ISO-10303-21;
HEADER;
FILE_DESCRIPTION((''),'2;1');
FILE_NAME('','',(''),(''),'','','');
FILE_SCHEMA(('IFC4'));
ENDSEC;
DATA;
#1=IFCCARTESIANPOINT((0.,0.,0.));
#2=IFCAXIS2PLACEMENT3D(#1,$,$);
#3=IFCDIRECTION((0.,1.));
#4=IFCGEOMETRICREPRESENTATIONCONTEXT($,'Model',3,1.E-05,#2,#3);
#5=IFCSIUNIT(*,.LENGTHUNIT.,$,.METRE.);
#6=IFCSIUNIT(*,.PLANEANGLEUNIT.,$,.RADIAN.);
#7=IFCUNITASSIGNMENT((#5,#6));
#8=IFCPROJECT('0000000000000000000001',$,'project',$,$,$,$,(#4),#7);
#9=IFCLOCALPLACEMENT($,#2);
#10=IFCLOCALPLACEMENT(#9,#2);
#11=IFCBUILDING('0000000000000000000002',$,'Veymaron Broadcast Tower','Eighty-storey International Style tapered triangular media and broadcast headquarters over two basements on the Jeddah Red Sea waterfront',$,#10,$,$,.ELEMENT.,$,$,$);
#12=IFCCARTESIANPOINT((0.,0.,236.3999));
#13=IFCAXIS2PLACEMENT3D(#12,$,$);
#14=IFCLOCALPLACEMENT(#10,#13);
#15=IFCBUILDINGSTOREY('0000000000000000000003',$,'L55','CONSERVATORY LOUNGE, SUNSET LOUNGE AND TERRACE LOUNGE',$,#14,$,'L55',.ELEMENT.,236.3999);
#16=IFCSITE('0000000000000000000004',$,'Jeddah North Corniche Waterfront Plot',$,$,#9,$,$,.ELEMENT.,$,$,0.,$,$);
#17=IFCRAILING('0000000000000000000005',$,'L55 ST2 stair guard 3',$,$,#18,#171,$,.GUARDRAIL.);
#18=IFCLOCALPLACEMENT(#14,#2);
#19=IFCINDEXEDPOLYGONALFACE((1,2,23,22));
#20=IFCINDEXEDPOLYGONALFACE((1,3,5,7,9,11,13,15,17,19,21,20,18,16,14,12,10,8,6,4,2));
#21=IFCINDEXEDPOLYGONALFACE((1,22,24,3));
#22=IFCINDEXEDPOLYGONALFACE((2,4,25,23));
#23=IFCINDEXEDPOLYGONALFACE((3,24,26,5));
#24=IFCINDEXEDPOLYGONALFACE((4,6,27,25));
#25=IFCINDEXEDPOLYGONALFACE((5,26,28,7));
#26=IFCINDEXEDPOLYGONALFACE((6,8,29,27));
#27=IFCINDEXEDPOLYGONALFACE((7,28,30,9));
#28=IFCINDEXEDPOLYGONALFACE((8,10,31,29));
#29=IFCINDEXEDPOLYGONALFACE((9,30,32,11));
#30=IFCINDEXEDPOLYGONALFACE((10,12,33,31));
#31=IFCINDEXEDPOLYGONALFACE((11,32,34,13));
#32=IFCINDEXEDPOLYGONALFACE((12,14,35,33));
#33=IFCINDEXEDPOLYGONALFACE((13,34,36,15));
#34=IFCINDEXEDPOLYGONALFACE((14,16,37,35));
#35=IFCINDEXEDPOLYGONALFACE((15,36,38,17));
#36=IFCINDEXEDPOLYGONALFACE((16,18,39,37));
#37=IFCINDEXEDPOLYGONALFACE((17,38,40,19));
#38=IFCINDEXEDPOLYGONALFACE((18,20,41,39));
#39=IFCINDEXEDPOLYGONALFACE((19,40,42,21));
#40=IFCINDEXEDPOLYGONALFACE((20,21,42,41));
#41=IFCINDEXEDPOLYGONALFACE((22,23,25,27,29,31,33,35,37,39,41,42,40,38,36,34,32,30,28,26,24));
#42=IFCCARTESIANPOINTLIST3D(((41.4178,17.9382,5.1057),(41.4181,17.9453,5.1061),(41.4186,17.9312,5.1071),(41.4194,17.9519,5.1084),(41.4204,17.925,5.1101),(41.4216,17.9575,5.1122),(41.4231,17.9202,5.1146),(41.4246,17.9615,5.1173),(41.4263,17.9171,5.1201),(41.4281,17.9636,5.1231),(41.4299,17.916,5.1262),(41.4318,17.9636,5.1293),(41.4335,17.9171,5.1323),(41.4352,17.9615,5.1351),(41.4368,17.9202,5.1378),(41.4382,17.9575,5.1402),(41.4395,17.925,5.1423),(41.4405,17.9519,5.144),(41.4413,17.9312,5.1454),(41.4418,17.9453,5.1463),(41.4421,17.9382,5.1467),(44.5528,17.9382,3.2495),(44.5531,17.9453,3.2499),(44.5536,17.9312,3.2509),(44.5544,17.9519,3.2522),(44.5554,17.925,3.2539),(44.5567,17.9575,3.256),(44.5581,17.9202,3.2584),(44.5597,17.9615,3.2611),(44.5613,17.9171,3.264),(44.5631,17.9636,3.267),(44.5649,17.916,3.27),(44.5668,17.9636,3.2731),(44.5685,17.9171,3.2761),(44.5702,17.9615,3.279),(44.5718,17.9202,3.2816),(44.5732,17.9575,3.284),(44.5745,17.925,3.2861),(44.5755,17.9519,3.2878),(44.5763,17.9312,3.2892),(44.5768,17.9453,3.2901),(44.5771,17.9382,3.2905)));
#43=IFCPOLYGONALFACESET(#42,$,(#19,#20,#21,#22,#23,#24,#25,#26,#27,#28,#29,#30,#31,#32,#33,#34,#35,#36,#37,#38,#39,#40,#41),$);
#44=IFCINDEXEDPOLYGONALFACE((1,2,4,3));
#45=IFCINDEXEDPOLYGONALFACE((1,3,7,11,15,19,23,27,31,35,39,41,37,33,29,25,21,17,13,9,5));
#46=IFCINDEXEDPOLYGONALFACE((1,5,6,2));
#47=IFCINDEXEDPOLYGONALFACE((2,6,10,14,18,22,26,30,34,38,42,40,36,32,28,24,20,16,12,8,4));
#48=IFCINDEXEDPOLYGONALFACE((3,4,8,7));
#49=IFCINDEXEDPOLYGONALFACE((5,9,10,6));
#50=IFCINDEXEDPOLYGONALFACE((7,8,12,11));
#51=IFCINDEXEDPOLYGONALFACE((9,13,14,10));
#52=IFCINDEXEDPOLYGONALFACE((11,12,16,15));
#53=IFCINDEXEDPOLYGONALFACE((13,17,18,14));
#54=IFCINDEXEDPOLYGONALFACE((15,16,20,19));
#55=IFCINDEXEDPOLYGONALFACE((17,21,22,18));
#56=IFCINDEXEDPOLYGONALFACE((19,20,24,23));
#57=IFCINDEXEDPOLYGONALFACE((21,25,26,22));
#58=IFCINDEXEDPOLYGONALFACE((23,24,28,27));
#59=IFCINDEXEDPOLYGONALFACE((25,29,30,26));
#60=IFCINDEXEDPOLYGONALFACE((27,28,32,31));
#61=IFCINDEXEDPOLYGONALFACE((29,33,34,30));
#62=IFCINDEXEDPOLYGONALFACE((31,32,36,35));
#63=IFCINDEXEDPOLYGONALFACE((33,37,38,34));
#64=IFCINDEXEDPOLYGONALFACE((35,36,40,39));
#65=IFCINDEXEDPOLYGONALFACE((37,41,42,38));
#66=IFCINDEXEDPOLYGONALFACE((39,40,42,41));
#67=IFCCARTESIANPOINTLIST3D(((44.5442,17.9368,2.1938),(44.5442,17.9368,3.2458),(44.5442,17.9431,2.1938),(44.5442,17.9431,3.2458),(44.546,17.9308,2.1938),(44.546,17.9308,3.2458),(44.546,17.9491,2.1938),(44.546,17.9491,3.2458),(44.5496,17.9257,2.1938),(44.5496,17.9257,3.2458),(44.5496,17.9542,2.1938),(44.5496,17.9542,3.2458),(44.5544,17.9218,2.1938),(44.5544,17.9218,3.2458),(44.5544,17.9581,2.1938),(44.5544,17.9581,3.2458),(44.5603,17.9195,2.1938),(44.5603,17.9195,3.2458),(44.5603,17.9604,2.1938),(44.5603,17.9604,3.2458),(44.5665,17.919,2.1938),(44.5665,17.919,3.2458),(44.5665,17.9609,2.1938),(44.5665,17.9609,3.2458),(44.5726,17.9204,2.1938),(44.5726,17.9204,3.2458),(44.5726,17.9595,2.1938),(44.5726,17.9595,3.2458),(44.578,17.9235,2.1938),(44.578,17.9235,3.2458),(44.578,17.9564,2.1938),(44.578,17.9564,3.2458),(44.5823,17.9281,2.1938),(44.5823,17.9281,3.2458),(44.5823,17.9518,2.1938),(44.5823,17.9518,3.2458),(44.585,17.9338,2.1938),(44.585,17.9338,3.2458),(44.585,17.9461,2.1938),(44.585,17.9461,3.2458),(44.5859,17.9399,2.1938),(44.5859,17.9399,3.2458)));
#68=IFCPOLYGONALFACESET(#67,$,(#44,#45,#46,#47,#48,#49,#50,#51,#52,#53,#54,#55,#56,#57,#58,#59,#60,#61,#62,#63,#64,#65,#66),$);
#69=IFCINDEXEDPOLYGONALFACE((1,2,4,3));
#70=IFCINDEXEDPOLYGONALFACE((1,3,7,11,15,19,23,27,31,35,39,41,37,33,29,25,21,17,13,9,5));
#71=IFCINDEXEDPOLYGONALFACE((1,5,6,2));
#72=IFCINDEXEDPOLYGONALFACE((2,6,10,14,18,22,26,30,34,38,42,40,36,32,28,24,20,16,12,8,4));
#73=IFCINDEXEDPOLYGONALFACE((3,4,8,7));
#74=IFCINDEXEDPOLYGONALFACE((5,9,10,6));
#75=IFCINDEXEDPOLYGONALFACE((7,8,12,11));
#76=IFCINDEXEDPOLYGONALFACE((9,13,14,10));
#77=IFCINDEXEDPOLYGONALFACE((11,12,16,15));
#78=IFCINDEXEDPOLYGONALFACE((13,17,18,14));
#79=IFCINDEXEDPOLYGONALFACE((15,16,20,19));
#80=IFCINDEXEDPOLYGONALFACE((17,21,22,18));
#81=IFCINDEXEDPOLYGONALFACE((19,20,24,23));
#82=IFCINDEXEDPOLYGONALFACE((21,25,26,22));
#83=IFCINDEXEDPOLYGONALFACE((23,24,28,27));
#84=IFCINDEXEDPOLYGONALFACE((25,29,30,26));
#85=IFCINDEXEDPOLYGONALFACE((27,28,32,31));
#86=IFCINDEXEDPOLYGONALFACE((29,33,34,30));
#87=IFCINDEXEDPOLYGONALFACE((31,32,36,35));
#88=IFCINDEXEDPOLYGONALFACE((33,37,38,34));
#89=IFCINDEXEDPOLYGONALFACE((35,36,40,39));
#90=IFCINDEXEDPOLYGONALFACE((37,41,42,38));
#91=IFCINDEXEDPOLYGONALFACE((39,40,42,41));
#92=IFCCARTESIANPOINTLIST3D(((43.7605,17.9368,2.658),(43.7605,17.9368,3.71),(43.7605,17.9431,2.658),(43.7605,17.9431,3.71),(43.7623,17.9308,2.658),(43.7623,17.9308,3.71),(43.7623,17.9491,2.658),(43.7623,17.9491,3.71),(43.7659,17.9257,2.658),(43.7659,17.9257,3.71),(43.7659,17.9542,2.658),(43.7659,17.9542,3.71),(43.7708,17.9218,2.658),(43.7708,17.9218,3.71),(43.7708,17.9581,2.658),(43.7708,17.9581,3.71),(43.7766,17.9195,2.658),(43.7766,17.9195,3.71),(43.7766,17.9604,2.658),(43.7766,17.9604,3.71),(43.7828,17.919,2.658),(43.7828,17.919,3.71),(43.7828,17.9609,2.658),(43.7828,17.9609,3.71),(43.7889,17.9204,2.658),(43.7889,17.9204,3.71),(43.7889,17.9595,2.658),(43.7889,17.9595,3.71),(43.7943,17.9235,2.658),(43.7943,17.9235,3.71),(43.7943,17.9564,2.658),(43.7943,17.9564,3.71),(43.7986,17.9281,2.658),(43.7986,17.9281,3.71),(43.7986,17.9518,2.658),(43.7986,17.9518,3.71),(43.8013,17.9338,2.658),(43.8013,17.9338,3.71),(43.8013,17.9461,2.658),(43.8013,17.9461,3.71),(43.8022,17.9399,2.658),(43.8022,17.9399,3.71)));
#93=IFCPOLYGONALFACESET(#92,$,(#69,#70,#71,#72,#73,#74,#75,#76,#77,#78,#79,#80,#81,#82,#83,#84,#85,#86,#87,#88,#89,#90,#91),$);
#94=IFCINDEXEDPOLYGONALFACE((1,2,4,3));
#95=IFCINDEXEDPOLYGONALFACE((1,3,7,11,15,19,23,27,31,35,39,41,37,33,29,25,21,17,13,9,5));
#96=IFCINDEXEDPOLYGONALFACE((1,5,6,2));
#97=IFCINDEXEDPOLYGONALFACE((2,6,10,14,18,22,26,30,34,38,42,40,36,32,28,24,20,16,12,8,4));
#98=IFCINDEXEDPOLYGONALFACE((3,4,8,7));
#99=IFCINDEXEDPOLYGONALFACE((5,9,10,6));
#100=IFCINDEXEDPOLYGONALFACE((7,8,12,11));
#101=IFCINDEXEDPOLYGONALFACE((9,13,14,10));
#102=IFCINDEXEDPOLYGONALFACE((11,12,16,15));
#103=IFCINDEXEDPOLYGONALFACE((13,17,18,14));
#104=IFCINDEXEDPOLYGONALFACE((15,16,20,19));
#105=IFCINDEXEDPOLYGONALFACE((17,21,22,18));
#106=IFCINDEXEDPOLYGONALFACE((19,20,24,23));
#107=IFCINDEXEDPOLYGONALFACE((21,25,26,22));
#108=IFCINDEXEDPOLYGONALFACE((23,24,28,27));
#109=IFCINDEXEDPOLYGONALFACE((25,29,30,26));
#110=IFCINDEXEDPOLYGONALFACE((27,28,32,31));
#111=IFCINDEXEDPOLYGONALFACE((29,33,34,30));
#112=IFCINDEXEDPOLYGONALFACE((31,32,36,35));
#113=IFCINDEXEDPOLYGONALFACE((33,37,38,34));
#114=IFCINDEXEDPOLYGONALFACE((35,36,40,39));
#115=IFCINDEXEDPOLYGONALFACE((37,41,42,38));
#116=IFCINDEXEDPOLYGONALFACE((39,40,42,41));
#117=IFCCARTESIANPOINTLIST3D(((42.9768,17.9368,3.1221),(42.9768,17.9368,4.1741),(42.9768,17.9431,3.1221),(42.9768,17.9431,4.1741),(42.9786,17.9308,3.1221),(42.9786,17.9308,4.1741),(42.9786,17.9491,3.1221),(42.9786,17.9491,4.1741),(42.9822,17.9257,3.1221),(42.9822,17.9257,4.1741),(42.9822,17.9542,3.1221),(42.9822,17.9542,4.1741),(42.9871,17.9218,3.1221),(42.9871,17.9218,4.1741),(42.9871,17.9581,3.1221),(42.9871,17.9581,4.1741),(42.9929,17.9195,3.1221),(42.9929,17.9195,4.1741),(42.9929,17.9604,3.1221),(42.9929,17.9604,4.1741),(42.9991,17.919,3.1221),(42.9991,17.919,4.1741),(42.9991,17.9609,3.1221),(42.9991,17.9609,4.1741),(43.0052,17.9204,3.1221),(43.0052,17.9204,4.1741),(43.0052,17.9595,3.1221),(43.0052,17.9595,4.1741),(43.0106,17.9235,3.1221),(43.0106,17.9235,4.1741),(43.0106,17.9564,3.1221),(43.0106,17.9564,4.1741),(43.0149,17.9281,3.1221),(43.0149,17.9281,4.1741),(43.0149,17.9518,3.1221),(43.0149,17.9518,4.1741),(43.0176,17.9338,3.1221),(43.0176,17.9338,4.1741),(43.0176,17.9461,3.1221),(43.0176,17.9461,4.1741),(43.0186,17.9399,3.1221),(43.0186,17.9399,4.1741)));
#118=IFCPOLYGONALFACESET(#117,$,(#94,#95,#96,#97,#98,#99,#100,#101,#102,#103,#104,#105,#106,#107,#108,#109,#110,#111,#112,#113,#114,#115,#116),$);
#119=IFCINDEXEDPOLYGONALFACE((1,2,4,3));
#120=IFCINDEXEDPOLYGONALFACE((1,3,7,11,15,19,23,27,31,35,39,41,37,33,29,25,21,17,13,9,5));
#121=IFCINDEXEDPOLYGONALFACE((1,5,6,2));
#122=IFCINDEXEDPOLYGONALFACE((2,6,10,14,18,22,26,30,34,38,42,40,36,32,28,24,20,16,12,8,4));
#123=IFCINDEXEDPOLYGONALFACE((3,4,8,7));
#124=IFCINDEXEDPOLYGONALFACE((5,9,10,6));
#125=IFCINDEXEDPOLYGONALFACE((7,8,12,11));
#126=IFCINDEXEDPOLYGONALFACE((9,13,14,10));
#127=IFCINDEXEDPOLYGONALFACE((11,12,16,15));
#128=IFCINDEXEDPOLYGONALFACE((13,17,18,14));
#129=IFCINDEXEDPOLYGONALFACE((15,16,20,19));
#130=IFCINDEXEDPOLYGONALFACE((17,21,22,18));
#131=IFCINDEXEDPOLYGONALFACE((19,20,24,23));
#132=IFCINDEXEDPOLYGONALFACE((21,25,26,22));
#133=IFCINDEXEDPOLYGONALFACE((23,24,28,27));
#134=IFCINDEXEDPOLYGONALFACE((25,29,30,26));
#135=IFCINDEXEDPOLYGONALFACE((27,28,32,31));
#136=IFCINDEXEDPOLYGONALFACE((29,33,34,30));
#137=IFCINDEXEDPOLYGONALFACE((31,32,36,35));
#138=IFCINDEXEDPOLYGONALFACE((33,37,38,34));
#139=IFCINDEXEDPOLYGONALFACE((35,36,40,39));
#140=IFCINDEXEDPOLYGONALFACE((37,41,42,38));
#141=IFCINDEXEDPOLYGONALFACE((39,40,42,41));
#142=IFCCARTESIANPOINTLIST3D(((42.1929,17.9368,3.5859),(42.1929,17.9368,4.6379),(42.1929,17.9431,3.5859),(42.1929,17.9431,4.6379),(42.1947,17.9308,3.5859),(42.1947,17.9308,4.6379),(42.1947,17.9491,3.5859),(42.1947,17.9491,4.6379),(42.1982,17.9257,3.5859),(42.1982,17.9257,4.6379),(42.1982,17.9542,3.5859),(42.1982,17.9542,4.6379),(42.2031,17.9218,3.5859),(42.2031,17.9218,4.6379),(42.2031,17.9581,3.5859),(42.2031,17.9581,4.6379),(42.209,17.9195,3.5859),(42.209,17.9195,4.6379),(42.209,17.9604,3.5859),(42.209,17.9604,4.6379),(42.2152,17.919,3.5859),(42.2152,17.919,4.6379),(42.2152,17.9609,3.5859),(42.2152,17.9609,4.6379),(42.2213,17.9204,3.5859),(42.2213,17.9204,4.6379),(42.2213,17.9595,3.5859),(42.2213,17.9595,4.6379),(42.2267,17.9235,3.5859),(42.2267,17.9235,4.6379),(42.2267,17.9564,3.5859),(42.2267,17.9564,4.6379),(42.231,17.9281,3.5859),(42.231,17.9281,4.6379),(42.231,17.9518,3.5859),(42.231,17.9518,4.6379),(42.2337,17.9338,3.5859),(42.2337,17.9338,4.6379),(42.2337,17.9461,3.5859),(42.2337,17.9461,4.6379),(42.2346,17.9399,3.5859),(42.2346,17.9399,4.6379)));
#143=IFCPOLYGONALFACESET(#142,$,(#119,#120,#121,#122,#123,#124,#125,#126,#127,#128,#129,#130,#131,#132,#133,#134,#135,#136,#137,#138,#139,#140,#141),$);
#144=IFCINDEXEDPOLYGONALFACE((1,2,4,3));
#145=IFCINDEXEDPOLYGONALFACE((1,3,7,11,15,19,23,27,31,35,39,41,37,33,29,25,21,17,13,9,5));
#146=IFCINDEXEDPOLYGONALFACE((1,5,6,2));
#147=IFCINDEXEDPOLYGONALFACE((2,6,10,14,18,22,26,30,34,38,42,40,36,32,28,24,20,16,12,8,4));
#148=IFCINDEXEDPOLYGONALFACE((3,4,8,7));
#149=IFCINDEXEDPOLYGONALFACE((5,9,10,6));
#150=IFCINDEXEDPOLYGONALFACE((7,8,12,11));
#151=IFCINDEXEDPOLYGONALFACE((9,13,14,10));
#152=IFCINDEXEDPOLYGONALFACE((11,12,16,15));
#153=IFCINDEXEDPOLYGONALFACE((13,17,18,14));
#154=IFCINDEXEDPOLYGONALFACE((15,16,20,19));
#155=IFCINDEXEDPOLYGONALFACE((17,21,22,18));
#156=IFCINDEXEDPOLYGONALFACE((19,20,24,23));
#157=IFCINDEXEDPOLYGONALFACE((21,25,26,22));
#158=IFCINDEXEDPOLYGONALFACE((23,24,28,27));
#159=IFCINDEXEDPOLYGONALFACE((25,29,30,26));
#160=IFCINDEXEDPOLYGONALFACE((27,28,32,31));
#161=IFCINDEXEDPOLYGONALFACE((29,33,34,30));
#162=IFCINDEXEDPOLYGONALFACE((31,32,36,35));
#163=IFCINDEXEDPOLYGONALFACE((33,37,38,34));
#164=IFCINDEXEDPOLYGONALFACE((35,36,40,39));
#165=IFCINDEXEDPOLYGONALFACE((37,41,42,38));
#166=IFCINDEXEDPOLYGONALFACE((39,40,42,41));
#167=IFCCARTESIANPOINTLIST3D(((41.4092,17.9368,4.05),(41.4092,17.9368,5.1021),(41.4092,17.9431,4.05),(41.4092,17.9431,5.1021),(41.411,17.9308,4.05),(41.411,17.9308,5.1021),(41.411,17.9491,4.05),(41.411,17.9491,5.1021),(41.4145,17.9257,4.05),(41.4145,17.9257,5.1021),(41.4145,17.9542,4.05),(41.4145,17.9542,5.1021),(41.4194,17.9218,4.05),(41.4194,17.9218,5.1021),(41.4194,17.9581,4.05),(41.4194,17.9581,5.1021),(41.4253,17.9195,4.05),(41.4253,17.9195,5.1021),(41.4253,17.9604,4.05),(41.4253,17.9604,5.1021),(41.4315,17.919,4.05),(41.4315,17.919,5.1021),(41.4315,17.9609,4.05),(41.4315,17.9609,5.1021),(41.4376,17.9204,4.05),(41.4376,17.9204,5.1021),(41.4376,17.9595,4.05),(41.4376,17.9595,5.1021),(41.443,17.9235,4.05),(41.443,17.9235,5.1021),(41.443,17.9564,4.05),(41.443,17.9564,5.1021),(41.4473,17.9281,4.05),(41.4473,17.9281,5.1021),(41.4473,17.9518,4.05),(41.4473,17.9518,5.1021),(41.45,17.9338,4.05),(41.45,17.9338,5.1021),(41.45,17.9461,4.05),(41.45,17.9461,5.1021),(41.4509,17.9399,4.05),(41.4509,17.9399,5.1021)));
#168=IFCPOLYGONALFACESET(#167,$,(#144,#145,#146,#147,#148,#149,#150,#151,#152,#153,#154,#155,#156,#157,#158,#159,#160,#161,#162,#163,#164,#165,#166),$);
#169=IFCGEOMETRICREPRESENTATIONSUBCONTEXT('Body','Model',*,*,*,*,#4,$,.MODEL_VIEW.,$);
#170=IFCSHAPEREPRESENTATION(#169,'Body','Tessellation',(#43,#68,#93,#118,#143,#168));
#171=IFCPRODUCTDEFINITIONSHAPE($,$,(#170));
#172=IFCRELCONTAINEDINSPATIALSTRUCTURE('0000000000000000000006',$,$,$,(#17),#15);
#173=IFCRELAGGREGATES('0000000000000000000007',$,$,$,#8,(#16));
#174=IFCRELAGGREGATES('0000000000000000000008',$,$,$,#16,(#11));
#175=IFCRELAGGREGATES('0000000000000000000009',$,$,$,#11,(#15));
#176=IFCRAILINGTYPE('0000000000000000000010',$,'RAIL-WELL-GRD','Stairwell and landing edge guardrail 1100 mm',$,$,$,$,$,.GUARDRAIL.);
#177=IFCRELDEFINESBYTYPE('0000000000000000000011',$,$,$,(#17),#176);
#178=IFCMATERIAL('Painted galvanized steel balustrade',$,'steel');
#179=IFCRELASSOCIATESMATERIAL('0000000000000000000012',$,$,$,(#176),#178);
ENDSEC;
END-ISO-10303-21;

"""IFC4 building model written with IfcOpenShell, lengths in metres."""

from ifc_helpers import new_model, si_unit, direction, frame, origin, origin_2d, place, context, subcontext, project, spatial, circle, extrude, material, type_object, element, save


model = new_model("IFC4")

# Units and contexts
model_context = context("Model", 3, precision=1e-05, world=origin(), true_north=direction((0.0, 1.0)))
body_context = subcontext(model_context, "Body", "Model", "MODEL_VIEW")
ifc_project = project(units=[si_unit("LENGTHUNIT", "METRE"), si_unit("PLANEANGLEUNIT", "RADIAN")], contexts=[model_context])

# Site, building, storey
site_placement = place(None, origin())
site = spatial("IfcSite", under=ifc_project, at=site_placement, Name="Jeddah North Corniche Waterfront Plot", CompositionType="ELEMENT", RefElevation=0.0)
building_placement = place(site_placement, origin())
building = spatial("IfcBuilding", under=site, at=building_placement, Name="Veymaron Broadcast Tower", Description="Eighty-storey International Style tapered triangular media and broadcast headquarters over two basements on the Jeddah Red Sea waterfront", CompositionType="ELEMENT")
storey_placement = place(building_placement, frame((0.0, 0.0, 236.3999)))
storey = spatial("IfcBuildingStorey", under=building, at=storey_placement, Name="L55", Description="CONSERVATORY LOUNGE, SUNSET LOUNGE AND TERRACE LOUNGE", LongName="L55", CompositionType="ELEMENT", Elevation=236.3999)

# Railing
ifc_material_1 = material(Name="Painted galvanized steel balustrade", Category="steel")
railing_type_1 = type_object("IfcRailingType", Name="RAIL-WELL-GRD", Description="Stairwell and landing edge guardrail 1100 mm", PredefinedType="GUARDRAIL", material=ifc_material_1)
railing_1_placement = place(storey_placement, frame((44.5649, 17.9399, 2.1938)))
element("IfcRailing", 1, at=railing_1_placement, inside=storey, type_object=railing_type_1, Name="L55 ST2 stair guard 3", PredefinedType="GUARDRAIL", context=body_context, shape_type="SweptSolid", body=[
    extrude(circle(Radius=0.0239, at=origin_2d()), frame((0.0, 0.0, 1.0762), z_axis=(-0.860482, 0.0, 0.509481), x_axis=(0.0, -1.0, 0.0)), (0.0, 0.0, 1.0), 3.6433),
    extrude(circle(Radius=0.021, at=origin_2d()), origin(), (0.0, 0.0, 1.0), 1.052),
    extrude(circle(Radius=0.021, at=origin_2d()), frame((-0.7837, 0.0, 0.4641)), (0.0, 0.0, 1.0), 1.052),
    extrude(circle(Radius=0.021, at=origin_2d()), frame((-1.5674, 0.0, 0.9282)), (0.0, 0.0, 1.0), 1.052),
    extrude(circle(Radius=0.021, at=origin_2d()), frame((-2.3513, 0.0, 1.3921)), (0.0, 0.0, 1.0), 1.052),
    extrude(circle(Radius=0.021, at=origin_2d()), frame((-3.135, 0.0, 1.8562)), (0.0, 0.0, 1.0), 1.052),
])

save(model, "model.ifc")
